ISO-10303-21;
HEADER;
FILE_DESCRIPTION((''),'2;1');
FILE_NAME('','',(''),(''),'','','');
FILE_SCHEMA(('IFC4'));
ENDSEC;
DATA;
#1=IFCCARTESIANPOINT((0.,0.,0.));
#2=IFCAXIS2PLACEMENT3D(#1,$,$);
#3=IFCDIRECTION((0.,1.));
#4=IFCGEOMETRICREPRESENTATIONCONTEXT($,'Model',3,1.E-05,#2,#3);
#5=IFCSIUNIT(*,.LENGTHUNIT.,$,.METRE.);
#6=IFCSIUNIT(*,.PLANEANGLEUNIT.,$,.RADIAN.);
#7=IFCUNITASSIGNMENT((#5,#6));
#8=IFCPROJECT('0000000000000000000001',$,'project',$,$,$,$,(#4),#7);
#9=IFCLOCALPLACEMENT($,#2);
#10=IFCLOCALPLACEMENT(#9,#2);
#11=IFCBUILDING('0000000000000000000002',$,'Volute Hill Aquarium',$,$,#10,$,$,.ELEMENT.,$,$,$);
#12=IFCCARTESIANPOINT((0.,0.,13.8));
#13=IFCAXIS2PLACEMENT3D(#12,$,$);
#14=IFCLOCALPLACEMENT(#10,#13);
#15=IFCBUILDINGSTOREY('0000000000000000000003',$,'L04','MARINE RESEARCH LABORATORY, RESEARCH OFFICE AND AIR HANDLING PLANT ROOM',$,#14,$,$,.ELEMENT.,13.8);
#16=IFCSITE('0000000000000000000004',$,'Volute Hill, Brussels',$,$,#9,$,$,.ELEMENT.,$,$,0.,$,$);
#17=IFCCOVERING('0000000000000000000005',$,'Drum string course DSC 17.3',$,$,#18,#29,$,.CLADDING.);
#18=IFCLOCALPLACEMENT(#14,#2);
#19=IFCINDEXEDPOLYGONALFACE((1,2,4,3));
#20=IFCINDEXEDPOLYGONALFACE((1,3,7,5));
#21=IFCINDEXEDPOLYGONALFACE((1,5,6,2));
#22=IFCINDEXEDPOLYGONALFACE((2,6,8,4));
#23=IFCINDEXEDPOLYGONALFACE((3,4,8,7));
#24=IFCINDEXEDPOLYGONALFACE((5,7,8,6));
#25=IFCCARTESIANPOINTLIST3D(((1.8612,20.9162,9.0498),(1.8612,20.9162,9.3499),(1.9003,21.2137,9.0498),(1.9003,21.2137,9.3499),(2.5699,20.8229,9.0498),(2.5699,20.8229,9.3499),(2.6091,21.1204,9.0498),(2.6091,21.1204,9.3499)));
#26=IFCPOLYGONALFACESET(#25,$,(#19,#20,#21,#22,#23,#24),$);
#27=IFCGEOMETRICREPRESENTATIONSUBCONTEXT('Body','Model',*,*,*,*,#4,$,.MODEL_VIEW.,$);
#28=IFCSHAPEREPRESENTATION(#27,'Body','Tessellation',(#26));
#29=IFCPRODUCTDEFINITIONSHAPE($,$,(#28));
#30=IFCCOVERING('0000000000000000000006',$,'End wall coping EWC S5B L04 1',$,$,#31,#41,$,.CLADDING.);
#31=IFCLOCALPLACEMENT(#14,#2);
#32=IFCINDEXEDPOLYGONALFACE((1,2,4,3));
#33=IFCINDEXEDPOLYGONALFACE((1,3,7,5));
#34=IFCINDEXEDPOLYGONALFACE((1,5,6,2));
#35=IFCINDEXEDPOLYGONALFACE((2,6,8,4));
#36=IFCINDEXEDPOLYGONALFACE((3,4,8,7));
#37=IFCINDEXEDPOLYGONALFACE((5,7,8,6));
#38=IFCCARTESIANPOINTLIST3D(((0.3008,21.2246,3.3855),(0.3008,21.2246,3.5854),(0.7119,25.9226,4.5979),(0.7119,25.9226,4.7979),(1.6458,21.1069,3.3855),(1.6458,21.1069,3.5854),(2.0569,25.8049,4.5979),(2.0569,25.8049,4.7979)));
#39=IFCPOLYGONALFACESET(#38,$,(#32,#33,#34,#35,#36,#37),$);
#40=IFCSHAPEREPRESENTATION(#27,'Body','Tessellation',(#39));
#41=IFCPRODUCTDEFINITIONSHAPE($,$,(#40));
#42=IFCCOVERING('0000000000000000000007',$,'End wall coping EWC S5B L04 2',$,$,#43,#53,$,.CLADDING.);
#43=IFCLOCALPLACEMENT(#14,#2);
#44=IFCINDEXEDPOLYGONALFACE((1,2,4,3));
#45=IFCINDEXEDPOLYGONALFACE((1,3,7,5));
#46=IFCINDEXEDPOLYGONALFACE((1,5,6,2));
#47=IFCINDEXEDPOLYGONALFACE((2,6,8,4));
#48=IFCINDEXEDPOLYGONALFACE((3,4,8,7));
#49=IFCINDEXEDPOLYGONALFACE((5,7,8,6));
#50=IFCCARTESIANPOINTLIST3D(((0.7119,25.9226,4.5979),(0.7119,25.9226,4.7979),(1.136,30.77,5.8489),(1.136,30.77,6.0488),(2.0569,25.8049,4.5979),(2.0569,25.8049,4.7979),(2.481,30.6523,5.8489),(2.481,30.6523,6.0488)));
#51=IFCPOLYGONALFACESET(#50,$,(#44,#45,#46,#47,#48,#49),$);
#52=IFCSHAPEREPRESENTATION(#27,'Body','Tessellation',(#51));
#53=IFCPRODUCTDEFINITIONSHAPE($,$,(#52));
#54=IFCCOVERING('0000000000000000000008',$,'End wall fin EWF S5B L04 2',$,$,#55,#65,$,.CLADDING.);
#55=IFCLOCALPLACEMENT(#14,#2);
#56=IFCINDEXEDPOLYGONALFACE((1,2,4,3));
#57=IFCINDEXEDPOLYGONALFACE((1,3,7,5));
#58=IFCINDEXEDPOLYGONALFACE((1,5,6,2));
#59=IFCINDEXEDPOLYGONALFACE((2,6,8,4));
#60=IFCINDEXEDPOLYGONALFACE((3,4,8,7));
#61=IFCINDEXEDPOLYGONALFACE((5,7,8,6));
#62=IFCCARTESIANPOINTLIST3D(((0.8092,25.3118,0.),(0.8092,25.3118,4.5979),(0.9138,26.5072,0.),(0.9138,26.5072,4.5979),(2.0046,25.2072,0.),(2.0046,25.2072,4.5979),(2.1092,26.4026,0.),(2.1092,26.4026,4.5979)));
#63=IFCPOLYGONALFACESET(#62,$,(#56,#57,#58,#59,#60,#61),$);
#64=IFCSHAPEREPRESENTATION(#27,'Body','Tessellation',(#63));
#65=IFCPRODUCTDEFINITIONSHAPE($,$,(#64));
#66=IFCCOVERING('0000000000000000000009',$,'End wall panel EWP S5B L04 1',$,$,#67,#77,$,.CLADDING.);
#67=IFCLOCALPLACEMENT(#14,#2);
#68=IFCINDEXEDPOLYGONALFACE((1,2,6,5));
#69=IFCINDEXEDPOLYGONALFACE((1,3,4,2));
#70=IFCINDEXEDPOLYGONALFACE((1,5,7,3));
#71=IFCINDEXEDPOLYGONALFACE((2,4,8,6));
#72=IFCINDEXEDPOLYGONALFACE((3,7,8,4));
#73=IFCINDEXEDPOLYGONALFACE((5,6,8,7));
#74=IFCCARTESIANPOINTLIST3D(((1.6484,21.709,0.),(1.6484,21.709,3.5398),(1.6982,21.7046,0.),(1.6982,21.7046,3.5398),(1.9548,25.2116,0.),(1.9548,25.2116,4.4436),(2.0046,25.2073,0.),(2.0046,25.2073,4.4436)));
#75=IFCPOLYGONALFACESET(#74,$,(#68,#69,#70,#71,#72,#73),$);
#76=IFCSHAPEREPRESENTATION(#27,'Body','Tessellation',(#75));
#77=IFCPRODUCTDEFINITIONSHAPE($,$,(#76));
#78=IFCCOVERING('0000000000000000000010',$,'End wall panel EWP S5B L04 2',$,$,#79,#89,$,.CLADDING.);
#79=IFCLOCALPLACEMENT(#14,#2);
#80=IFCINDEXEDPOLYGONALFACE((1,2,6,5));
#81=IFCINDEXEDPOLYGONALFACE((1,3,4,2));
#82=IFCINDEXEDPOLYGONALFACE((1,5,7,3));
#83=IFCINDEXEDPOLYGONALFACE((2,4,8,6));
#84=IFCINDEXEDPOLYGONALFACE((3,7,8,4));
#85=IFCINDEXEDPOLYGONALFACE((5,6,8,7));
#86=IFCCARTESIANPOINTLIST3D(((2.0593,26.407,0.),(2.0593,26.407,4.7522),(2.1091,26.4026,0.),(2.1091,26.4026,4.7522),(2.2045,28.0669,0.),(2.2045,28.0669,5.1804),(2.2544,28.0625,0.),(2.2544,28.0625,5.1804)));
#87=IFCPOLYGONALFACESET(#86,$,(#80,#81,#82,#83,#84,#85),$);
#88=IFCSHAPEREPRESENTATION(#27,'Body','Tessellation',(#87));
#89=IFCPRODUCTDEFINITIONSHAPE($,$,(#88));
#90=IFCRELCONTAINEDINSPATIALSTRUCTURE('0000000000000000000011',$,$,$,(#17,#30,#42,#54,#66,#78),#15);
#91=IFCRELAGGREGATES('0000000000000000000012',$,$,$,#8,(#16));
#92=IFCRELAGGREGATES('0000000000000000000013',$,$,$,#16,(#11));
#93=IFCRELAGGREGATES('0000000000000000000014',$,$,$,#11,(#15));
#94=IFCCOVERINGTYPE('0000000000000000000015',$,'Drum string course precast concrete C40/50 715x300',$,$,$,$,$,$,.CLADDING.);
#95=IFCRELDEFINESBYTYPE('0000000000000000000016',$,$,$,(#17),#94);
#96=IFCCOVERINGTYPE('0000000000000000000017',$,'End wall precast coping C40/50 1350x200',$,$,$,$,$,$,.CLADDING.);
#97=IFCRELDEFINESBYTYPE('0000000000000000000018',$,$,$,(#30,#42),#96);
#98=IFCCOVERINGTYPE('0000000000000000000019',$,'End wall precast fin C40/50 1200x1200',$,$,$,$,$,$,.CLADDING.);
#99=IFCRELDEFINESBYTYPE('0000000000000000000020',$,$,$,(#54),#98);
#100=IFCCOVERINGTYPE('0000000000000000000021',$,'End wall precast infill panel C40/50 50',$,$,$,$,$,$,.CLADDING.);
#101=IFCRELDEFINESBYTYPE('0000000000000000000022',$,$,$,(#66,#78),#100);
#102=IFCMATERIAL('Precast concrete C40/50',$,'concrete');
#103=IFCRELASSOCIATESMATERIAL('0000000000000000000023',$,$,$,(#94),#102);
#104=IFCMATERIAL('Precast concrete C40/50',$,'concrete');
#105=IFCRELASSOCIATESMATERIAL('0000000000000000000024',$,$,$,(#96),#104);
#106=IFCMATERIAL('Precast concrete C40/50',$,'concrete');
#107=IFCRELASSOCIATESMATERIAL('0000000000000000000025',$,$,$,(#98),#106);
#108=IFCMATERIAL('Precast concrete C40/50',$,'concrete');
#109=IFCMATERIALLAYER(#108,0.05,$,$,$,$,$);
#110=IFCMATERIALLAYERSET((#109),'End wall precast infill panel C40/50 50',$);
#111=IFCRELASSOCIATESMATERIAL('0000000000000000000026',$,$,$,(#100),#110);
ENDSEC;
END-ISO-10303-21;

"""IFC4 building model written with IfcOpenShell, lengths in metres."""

from ifc_helpers import new_model, si_unit, direction, frame, origin, origin_2d, place, context, subcontext, project, spatial, polyline, rectangle, outline, extrude, material, layer, layer_set, type_object, element, save


model = new_model("IFC4")

# Units and contexts
model_context = context("Model", 3, precision=1e-05, world=origin(), true_north=direction((0.0, 1.0)))
body_context = subcontext(model_context, "Body", "Model", "MODEL_VIEW")
ifc_project = project(units=[si_unit("LENGTHUNIT", "METRE"), si_unit("PLANEANGLEUNIT", "RADIAN")], contexts=[model_context])

# Site, building, storey
site_placement = place(None, origin())
site = spatial("IfcSite", under=ifc_project, at=site_placement, Name="Volute Hill, Brussels", CompositionType="ELEMENT", RefElevation=0.0)
building_placement = place(site_placement, origin())
building = spatial("IfcBuilding", under=site, at=building_placement, Name="Volute Hill Aquarium", CompositionType="ELEMENT")
storey_placement = place(building_placement, frame((0.0, 0.0, 13.8)))
storey = spatial("IfcBuildingStorey", under=building, at=storey_placement, Name="L04", Description="MARINE RESEARCH LABORATORY, RESEARCH OFFICE AND AIR HANDLING PLANT ROOM", CompositionType="ELEMENT", Elevation=13.8)

# Coverings
ifc_material_1 = material(Name="Precast concrete C40/50", Category="concrete")
covering_type_1 = type_object("IfcCoveringType", Name="Drum string course precast concrete C40/50 715x300", PredefinedType="CLADDING", material=ifc_material_1)
for number, where, z_axis, x_axis, name in (
    (1, (2.2351, 21.0183, 9.0498), (0.0, 0.0, 1.0), (-0.991445, 0.130526, 0.0), "Drum string course DSC 17.3"),
):
    element("IfcCovering", number, at=place(storey_placement, frame(where, z_axis=z_axis, x_axis=x_axis)), inside=storey, type_object=covering_type_1, Name=name, PredefinedType="CLADDING", context=body_context, shape_type="SweptSolid", body=[
        extrude(rectangle(XDim=0.7148, YDim=0.3, at=origin_2d()), origin(), (0.0, 0.0, 1.0), 0.3),
    ])
ifc_material_2 = material(Name="Precast concrete C40/50", Category="concrete")
covering_type_2 = type_object("IfcCoveringType", Name="End wall precast coping C40/50 1350x200", PredefinedType="CLADDING", material=ifc_material_2)
covering_1_placement = place(storey_placement, frame((1.6458, 21.1069, 3.3855), z_axis=(0.996193, -0.087179, 0.0), x_axis=(0.084434, 0.964819, 0.248989)))
element("IfcCovering", 2, at=covering_1_placement, inside=storey, type_object=covering_type_2, Name="End wall coping EWC S5B L04 1", PredefinedType="CLADDING", context=body_context, shape_type="SweptSolid", body=[
    extrude(outline(polyline([(0.0, 0.0), (4.8693, 0.0), (4.9191, 0.1937), (0.0498, 0.1937), (0.0, 0.0)])), origin(), (0.0, 0.0, -1.0), 1.3501),
])
covering_2_placement = place(storey_placement, frame((2.0569, 25.8049, 4.5979), z_axis=(0.996195, -0.087151, 0.0), x_axis=(0.084407, 0.96482, 0.248992)))
element("IfcCovering", 3, at=covering_2_placement, inside=storey, type_object=covering_type_2, Name="End wall coping EWC S5B L04 2", PredefinedType="CLADDING", context=body_context, shape_type="SweptSolid", body=[
    extrude(outline(polyline([(0.0, 0.0), (5.0242, 0.0), (5.0739, 0.1937), (0.0498, 0.1937), (0.0, 0.0)])), origin(), (0.0, 0.0, -1.0), 1.3501),
])
ifc_material_3 = material(Name="Precast concrete C40/50", Category="concrete")
covering_type_3 = type_object("IfcCoveringType", Name="End wall precast fin C40/50 1200x1200", PredefinedType="CLADDING", material=ifc_material_3)
covering_3_placement = place(storey_placement, frame((1.4592, 25.8572, 0.0), z_axis=(0.0, 0.0, 1.0), x_axis=(0.087154, 0.996195, 0.0)))
element("IfcCovering", 4, at=covering_3_placement, inside=storey, type_object=covering_type_3, Name="End wall fin EWF S5B L04 2", PredefinedType="CLADDING", context=body_context, shape_type="SweptSolid", body=[
    extrude(rectangle(XDim=1.2, YDim=1.2, at=origin_2d()), origin(), (0.0, 0.0, 1.0), 4.5979),
])
ifc_material_4 = material(Name="Precast concrete C40/50", Category="concrete")
ifc_layer_1 = layer(ifc_material_4, 0.05)
ifc_layer_set_1 = layer_set([ifc_layer_1], Name="End wall precast infill panel C40/50 50")
covering_type_4 = type_object("IfcCoveringType", Name="End wall precast infill panel C40/50 50", PredefinedType="CLADDING", material=ifc_layer_set_1)
covering_4_placement = place(storey_placement, frame((1.6982, 21.7046, 0.0), z_axis=(0.996196, -0.087142, 0.0), x_axis=(0.087142, 0.996196, 0.0)))
element("IfcCovering", 5, at=covering_4_placement, inside=storey, type_object=covering_type_4, Name="End wall panel EWP S5B L04 1", PredefinedType="CLADDING", context=body_context, shape_type="SweptSolid", body=[
    extrude(outline(polyline([(0.0, 0.0), (3.5161, 0.0), (3.5161, 4.4436), (0.0, 3.5398), (0.0, 0.0)])), origin(), (0.0, 0.0, -1.0), 0.05),
])
covering_5_placement = place(storey_placement, frame((2.1091, 26.4026, 0.0), z_axis=(0.996193, -0.08718, 0.0), x_axis=(0.08718, 0.996193, 0.0)))
element("IfcCovering", 6, at=covering_5_placement, inside=storey, type_object=covering_type_4, Name="End wall panel EWP S5B L04 2", PredefinedType="CLADDING", context=body_context, shape_type="SweptSolid", body=[
    extrude(outline(polyline([(0.0, 0.0), (1.6663, 0.0), (1.6663, 5.1804), (0.0, 4.7522), (0.0, 0.0)])), origin(), (0.0, 0.0, -1.0), 0.05),
])

save(model, "model.ifc")
